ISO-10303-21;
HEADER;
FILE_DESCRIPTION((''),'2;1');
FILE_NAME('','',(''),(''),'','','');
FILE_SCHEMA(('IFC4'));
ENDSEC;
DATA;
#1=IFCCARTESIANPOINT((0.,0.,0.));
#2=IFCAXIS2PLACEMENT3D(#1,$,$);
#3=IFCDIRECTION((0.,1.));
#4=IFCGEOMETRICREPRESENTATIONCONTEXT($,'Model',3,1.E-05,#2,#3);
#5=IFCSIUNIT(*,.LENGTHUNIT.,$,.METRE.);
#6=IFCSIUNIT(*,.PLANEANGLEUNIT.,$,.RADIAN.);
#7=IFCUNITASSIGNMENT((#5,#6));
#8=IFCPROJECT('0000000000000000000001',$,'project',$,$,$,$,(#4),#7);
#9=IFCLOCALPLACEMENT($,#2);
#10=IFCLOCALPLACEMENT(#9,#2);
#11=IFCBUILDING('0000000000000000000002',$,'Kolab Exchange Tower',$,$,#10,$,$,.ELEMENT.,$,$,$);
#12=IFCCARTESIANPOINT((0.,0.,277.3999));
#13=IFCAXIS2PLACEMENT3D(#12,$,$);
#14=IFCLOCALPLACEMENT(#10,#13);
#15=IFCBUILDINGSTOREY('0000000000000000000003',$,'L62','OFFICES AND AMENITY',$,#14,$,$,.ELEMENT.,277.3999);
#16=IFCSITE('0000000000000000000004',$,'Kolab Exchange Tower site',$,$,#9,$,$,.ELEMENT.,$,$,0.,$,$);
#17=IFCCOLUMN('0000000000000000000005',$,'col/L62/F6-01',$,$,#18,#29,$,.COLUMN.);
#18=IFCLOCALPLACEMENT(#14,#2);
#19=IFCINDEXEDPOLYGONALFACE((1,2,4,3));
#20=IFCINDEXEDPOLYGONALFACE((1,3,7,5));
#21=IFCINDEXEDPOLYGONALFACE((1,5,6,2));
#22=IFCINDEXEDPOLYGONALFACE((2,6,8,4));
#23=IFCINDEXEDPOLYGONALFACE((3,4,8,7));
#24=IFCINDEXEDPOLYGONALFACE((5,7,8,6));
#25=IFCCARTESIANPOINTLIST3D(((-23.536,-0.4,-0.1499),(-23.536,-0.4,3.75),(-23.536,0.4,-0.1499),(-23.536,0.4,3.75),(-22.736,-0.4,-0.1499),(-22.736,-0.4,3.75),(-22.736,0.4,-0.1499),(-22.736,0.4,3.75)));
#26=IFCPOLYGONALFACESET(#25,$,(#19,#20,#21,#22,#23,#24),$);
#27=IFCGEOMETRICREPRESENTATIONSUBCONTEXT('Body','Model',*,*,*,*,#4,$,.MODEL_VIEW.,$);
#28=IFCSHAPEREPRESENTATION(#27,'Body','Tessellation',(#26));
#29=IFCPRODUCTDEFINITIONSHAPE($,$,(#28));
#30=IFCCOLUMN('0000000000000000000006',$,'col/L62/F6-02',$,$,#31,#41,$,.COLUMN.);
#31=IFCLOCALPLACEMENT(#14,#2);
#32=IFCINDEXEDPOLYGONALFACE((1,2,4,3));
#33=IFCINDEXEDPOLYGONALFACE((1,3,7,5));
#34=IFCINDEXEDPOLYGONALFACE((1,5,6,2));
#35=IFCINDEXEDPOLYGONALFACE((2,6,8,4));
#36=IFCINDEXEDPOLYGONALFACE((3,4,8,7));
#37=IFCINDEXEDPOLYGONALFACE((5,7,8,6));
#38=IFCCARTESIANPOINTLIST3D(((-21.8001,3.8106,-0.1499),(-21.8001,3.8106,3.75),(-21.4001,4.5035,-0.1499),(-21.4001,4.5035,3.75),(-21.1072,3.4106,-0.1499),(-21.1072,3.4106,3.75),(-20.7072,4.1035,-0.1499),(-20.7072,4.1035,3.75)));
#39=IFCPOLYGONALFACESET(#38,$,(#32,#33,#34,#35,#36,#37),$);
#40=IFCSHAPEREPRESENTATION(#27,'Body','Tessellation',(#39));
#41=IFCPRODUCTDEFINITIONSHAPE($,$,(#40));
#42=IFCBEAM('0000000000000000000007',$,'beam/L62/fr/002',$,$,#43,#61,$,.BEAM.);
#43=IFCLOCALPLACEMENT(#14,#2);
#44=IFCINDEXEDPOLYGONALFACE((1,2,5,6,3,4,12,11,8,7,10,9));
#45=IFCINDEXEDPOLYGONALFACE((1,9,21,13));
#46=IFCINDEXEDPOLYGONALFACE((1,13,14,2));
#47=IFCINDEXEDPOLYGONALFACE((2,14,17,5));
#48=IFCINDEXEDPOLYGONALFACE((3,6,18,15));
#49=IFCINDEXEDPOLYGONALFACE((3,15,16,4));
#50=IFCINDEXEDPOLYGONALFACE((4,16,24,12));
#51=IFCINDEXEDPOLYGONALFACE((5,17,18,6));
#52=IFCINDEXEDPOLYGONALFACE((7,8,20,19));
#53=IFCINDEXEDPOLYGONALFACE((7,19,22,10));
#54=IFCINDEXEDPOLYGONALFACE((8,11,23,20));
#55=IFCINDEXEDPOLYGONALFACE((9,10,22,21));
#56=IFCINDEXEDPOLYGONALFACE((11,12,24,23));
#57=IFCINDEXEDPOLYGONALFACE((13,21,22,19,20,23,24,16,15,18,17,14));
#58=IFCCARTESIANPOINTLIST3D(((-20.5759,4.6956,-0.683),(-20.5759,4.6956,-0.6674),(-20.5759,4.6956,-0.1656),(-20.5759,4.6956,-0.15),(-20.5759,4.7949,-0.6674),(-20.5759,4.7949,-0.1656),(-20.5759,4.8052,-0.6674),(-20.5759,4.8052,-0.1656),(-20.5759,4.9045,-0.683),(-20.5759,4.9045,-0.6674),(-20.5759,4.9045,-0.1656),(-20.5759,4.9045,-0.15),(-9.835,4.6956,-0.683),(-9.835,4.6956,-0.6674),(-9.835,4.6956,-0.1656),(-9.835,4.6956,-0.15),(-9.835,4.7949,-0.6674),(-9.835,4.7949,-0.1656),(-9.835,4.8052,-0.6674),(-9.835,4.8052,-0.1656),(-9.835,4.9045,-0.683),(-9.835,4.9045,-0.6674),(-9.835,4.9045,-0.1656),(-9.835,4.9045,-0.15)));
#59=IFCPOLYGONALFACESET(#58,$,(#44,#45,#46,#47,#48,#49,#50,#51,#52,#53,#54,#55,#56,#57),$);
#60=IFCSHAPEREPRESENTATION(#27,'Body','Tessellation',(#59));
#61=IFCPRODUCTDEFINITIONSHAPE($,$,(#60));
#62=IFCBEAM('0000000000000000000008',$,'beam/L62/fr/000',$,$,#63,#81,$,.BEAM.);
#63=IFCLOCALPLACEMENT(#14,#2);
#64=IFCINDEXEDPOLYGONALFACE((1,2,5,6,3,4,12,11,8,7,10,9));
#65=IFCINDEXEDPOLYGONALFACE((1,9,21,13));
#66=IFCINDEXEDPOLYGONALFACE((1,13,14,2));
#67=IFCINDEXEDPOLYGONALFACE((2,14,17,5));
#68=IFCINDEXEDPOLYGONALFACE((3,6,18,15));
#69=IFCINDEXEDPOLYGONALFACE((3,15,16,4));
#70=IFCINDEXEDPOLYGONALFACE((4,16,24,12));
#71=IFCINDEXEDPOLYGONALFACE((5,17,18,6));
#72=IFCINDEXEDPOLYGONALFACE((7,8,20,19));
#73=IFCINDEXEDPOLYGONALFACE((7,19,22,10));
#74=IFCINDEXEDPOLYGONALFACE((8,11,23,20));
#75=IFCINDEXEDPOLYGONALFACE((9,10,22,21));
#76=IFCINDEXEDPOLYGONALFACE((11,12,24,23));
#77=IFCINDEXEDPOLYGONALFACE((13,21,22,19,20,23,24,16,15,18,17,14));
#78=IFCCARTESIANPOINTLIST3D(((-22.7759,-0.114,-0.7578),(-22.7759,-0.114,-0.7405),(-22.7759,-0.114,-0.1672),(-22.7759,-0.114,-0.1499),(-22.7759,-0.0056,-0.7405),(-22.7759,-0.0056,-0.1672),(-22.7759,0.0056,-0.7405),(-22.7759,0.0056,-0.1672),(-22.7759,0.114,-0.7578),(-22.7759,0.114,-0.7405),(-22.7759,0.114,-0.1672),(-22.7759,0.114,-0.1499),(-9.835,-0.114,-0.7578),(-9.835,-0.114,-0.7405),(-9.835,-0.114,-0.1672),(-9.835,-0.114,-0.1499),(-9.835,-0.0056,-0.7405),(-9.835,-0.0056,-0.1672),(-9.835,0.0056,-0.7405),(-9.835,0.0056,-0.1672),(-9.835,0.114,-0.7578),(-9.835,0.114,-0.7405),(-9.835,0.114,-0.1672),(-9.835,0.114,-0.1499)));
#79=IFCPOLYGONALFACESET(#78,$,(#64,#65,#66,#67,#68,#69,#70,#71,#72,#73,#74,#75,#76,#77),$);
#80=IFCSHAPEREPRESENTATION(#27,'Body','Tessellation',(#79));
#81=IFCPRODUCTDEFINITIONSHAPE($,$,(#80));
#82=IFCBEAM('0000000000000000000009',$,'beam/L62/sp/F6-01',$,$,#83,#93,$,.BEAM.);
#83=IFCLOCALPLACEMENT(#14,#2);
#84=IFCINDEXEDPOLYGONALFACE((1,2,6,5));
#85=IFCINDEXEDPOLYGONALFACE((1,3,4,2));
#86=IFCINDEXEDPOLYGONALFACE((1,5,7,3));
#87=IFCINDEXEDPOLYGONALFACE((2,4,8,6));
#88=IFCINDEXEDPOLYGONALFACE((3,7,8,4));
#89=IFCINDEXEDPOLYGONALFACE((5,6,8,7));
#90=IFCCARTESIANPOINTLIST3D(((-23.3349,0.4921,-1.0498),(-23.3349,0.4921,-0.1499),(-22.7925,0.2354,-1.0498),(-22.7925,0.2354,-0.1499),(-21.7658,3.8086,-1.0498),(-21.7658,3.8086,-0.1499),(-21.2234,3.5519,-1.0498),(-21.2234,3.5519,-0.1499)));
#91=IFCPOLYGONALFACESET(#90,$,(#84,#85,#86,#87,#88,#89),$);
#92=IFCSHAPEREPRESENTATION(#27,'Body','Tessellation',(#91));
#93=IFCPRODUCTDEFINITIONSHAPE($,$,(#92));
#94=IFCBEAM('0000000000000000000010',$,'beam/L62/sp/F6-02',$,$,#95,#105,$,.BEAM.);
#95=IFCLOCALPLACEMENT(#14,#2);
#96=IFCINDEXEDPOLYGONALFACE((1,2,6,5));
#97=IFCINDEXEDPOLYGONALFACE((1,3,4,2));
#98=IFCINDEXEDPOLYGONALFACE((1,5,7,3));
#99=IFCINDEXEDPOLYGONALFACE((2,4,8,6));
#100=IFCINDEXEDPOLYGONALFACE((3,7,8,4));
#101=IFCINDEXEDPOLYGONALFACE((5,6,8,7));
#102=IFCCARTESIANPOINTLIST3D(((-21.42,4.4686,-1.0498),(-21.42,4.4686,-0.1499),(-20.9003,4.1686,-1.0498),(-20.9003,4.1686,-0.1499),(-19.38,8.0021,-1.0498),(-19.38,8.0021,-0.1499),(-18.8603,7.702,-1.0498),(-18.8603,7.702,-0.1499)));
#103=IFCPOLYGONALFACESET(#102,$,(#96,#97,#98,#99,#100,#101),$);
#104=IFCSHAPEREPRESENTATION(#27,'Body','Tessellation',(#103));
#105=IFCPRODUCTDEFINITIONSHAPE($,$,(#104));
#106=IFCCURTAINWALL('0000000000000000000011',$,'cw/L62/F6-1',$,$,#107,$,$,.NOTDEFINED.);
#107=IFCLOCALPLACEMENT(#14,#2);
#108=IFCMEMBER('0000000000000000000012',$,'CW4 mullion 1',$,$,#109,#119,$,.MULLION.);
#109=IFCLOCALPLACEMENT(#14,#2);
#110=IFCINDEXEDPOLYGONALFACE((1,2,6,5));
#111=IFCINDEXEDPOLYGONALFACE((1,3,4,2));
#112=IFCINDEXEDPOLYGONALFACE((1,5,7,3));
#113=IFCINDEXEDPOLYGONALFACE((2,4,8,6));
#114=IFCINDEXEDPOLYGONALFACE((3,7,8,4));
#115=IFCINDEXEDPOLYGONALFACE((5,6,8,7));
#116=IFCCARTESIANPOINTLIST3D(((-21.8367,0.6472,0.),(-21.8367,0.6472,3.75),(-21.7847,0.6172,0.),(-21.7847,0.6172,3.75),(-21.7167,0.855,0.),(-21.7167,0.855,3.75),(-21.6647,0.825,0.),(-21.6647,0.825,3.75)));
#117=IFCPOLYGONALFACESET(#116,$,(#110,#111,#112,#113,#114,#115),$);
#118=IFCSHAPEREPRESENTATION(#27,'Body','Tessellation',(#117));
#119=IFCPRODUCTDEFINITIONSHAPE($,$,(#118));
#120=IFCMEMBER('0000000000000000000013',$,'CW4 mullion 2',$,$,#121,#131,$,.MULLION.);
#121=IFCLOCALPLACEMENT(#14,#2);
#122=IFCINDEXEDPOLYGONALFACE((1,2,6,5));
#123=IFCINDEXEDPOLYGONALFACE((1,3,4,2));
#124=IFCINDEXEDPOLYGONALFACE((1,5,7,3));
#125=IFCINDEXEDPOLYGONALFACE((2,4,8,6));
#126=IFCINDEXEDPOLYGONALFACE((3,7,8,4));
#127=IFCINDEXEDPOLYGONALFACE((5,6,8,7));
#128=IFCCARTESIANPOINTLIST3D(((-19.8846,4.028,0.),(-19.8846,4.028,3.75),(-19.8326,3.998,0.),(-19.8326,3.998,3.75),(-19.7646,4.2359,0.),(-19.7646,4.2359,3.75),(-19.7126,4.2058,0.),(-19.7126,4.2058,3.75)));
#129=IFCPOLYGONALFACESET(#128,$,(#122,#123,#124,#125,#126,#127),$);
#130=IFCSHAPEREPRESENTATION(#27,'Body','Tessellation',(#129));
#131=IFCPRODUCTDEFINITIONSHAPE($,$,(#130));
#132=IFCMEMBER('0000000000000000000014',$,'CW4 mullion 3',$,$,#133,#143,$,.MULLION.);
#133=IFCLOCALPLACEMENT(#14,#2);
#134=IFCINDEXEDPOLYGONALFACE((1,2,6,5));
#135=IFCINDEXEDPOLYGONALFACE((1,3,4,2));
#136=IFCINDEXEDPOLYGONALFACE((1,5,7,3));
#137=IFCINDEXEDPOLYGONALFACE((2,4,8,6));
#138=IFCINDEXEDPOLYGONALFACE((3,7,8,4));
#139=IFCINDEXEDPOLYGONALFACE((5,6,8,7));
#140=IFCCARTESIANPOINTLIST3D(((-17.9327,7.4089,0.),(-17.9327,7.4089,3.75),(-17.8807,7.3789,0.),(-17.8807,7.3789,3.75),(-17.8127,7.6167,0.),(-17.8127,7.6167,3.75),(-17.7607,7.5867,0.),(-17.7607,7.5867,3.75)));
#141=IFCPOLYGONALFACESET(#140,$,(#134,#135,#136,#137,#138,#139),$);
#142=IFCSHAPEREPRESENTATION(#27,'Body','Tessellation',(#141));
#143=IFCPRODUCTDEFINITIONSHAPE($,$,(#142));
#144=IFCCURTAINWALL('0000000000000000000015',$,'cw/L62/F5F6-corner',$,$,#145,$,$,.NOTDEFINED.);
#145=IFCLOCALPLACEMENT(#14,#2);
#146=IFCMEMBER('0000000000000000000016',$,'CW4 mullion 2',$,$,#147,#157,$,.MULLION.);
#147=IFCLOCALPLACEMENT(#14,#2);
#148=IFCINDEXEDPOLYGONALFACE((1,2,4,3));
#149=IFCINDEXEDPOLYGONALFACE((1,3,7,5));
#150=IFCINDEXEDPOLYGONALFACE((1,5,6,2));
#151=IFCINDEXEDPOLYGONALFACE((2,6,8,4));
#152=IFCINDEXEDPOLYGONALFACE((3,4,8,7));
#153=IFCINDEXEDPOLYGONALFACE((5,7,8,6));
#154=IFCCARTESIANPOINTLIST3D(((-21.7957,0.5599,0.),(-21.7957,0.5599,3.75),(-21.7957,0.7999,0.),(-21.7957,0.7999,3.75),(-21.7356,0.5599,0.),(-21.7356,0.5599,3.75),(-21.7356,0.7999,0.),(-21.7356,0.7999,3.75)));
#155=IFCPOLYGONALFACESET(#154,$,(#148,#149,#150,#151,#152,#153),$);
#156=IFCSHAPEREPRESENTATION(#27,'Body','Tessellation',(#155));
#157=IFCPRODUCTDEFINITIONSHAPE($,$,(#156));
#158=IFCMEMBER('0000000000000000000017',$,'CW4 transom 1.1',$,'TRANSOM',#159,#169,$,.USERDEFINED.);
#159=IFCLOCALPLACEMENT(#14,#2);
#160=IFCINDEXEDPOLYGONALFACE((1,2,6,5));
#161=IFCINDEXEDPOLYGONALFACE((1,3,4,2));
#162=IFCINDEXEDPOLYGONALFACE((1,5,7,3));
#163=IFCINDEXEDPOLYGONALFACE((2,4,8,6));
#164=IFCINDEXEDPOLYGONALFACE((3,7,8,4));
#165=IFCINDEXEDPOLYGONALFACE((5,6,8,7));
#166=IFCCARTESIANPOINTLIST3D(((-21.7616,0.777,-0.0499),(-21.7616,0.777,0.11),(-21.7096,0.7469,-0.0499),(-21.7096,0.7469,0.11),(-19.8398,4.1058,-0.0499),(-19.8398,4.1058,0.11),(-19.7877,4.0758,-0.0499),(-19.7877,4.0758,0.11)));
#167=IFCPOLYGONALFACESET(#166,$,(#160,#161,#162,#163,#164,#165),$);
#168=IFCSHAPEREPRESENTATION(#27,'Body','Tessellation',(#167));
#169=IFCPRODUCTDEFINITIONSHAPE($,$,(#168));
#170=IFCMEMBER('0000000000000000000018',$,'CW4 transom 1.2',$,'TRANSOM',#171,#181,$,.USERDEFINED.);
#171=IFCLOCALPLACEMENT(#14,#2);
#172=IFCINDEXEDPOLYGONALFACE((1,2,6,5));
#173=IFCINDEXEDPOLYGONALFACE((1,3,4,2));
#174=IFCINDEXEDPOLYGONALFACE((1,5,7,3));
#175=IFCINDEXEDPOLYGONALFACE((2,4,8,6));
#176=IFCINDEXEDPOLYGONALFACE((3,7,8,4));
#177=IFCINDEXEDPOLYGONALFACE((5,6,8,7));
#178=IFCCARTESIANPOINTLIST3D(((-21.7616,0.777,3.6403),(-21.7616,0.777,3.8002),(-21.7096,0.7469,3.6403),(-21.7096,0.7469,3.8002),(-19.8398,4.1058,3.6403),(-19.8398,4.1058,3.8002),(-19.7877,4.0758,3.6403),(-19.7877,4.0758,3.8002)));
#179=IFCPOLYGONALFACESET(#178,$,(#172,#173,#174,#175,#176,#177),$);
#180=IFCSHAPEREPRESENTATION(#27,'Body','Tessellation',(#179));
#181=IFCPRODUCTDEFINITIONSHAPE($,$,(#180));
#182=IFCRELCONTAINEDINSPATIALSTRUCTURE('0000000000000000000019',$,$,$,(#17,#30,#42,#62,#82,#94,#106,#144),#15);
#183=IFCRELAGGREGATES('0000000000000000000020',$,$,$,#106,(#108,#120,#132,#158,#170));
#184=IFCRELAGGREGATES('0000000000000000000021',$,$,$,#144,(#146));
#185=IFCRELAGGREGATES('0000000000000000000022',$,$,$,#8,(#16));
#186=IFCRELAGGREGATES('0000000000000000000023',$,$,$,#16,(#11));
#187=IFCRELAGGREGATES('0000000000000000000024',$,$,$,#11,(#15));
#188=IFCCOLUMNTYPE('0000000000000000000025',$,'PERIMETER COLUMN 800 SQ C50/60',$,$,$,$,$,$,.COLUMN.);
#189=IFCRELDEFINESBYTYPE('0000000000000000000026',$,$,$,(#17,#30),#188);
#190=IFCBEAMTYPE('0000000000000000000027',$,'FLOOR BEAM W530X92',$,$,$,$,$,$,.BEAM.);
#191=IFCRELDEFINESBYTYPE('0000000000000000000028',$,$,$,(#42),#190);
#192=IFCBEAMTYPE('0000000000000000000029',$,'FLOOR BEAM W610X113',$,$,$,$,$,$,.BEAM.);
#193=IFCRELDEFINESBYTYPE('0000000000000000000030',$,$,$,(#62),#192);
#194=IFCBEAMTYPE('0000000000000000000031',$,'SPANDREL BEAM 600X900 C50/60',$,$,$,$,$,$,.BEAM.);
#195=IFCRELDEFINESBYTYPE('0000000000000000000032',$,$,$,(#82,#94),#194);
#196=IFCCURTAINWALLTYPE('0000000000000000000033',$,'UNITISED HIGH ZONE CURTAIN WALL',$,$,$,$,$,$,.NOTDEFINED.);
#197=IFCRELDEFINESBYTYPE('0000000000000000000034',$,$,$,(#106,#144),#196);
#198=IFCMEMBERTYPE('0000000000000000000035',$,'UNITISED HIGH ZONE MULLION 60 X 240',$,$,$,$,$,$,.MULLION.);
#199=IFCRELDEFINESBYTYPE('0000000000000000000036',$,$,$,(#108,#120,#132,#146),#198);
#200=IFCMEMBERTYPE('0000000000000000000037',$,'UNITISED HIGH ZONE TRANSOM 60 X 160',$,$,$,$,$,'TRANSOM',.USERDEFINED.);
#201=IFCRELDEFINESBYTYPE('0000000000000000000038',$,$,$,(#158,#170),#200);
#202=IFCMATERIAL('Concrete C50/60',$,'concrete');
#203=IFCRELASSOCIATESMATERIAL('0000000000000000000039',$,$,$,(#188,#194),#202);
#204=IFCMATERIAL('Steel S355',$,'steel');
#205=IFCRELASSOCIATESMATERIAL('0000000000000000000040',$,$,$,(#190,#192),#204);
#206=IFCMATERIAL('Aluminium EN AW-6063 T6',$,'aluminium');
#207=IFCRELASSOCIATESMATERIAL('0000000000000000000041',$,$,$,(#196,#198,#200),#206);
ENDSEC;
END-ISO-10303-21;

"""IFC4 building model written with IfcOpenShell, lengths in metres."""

from ifc_helpers import new_model, si_unit, direction, frame, origin, origin_2d, place, context, subcontext, project, spatial, rectangle, i_section, extrude, material, material_profile, profile_set, type_object, element, aggregate, save


model = new_model("IFC4")

# Units and contexts
model_context = context("Model", 3, precision=1e-05, world=origin(), true_north=direction((0.0, 1.0)))
body_context = subcontext(model_context, "Body", "Model", "MODEL_VIEW")
ifc_project = project(units=[si_unit("LENGTHUNIT", "METRE"), si_unit("PLANEANGLEUNIT", "RADIAN")], contexts=[model_context])

# Site, building, storey
site_placement = place(None, origin())
site = spatial("IfcSite", under=ifc_project, at=site_placement, Name="Kolab Exchange Tower site", CompositionType="ELEMENT", RefElevation=0.0)
building_placement = place(site_placement, origin())
building = spatial("IfcBuilding", under=site, at=building_placement, Name="Kolab Exchange Tower", CompositionType="ELEMENT")
storey_placement = place(building_placement, frame((0.0, 0.0, 277.3999)))
storey = spatial("IfcBuildingStorey", under=building, at=storey_placement, Name="L62", Description="OFFICES AND AMENITY", CompositionType="ELEMENT", Elevation=277.3999)

# Columns
ifc_material_1 = material(Name="Concrete C50/60", Category="concrete")
ifc_material_profile_1 = material_profile(ifc_material_1, rectangle(XDim=0.8, YDim=0.8, at=origin_2d()), Name="RC800")
ifc_profile_set_1 = profile_set([ifc_material_profile_1], Name="Concrete C50/60")
column_type = type_object("IfcColumnType", Name="PERIMETER COLUMN 800 SQ C50/60", PredefinedType="COLUMN", material=ifc_profile_set_1)
for number, where, z_axis, x_axis, name in (
    (1, (-23.136, 0.0, -0.1499), (0.0, 0.0, 1.0), (1.0, 0.0, 0.0), "col/L62/F6-01"),
    (2, (-21.2537, 3.957, -0.1499), (0.0, 0.0, 1.0), (0.5, 0.866025, 0.0), "col/L62/F6-02"),
):
    element("IfcColumn", number, at=place(storey_placement, frame(where, z_axis=z_axis, x_axis=x_axis)), inside=storey, type_object=column_type, Name=name, PredefinedType="COLUMN", context=body_context, shape_type="SweptSolid", body=[
        extrude(rectangle(XDim=0.8, YDim=0.8, at=origin_2d()), origin(), (0.0, 0.0, 1.0), 3.8999),
    ])

# Beams
ifc_material_2 = material(Name="Steel S355", Category="steel")
ifc_material_profile_2 = material_profile(ifc_material_2, i_section(OverallWidth=0.209, OverallDepth=0.533, WebThickness=0.0103, FlangeThickness=0.0156, at=origin_2d()), Name="W530X92")
ifc_profile_set_2 = profile_set([ifc_material_profile_2], Name="Steel S355")
beam_type_1 = type_object("IfcBeamType", Name="FLOOR BEAM W530X92", PredefinedType="BEAM", material=ifc_profile_set_2)
beam_1_placement = place(storey_placement, frame((-20.5759, 4.8, -0.4165), z_axis=(1.0, 0.0, 0.0), x_axis=(0.0, 1.0, 0.0)))
element("IfcBeam", 3, at=beam_1_placement, inside=storey, type_object=beam_type_1, Name="beam/L62/fr/002", PredefinedType="BEAM", context=body_context, shape_type="SweptSolid", body=[
    extrude(i_section(OverallWidth=0.209, OverallDepth=0.533, WebThickness=0.0103, FlangeThickness=0.0156, at=origin_2d()), origin(), (0.0, 0.0, 1.0), 10.741),
])
ifc_material_profile_3 = material_profile(ifc_material_2, i_section(OverallWidth=0.228, OverallDepth=0.6079, WebThickness=0.0112, FlangeThickness=0.0173, at=origin_2d()), Name="W610X113")
ifc_profile_set_3 = profile_set([ifc_material_profile_3], Name="Steel S355")
beam_type_2 = type_object("IfcBeamType", Name="FLOOR BEAM W610X113", PredefinedType="BEAM", material=ifc_profile_set_3)
beam_2_placement = place(storey_placement, frame((-22.7759, 0.0, -0.4539), z_axis=(1.0, 0.0, 0.0), x_axis=(0.0, 1.0, 0.0)))
element("IfcBeam", 4, at=beam_2_placement, inside=storey, type_object=beam_type_2, Name="beam/L62/fr/000", PredefinedType="BEAM", context=body_context, shape_type="SweptSolid", body=[
    extrude(i_section(OverallWidth=0.228, OverallDepth=0.6079, WebThickness=0.0112, FlangeThickness=0.0173, at=origin_2d()), origin(), (0.0, 0.0, 1.0), 12.9409),
])
ifc_material_profile_4 = material_profile(ifc_material_1, rectangle(XDim=0.6001, YDim=0.8999, at=origin_2d()), Name="RC600X900")
ifc_profile_set_4 = profile_set([ifc_material_profile_4], Name="Concrete C50/60")
beam_type_3 = type_object("IfcBeamType", Name="SPANDREL BEAM 600X900 C50/60", PredefinedType="BEAM", material=ifc_profile_set_4)
beam_3_placement = place(storey_placement, frame((-23.0637, 0.3638, -0.5999), z_axis=(0.427677, 0.903932, 0.0), x_axis=(-0.903932, 0.427677, 0.0)))
element("IfcBeam", 5, at=beam_3_placement, inside=storey, type_object=beam_type_3, Name="beam/L62/sp/F6-01", PredefinedType="BEAM", context=body_context, shape_type="SweptSolid", body=[
    extrude(rectangle(XDim=0.6001, YDim=0.8999, at=origin_2d()), origin(), (0.0, 0.0, 1.0), 3.6689),
])
beam_4_placement = place(storey_placement, frame((-21.1602, 4.3186, -0.5999), z_axis=(0.5, 0.866025, 0.0), x_axis=(-0.866025, 0.5, 0.0)))
element("IfcBeam", 6, at=beam_4_placement, inside=storey, type_object=beam_type_3, Name="beam/L62/sp/F6-02", PredefinedType="BEAM", context=body_context, shape_type="SweptSolid", body=[
    extrude(rectangle(XDim=0.6001, YDim=0.8999, at=origin_2d()), origin(), (0.0, 0.0, 1.0), 4.0801),
])

# Curtain wall, members
ifc_material_3 = material(Name="Aluminium EN AW-6063 T6", Category="aluminium")
curtain_wall_type = type_object("IfcCurtainWallType", Name="UNITISED HIGH ZONE CURTAIN WALL", PredefinedType="NOTDEFINED", material=ifc_material_3)
curtain_wall_1_placement = place(storey_placement, origin())
curtain_wall_1 = element("IfcCurtainWall", 7, at=curtain_wall_1_placement, inside=storey, type_object=curtain_wall_type, Name="cw/L62/F6-1", PredefinedType="NOTDEFINED")
ifc_material_profile_5 = material_profile(ifc_material_3, rectangle(XDim=0.0601, YDim=0.24, at=origin_2d()), Name="RECT 60X240")
ifc_profile_set_5 = profile_set([ifc_material_profile_5], Name="Aluminium EN AW-6063 T6")
member_type_1 = type_object("IfcMemberType", Name="UNITISED HIGH ZONE MULLION 60 X 240", PredefinedType="MULLION", material=ifc_profile_set_5)
member_1_placement = place(storey_placement, frame((-21.7507, 0.7361, 0.0), z_axis=(0.0, 0.0, 1.0), x_axis=(-0.866025, 0.5, 0.0)))
member_1 = element("IfcMember", 8, at=member_1_placement, type_object=member_type_1, Name="CW4 mullion 1", PredefinedType="MULLION", context=body_context, shape_type="SweptSolid", body=[
    extrude(rectangle(XDim=0.0601, YDim=0.24, at=origin_2d()), origin(), (0.0, 0.0, 1.0), 3.75),
])
member_2_placement = place(storey_placement, frame((-19.7986, 4.1169, 0.0), z_axis=(0.0, 0.0, 1.0), x_axis=(-0.866025, 0.5, 0.0)))
member_2 = element("IfcMember", 9, at=member_2_placement, type_object=member_type_1, Name="CW4 mullion 2", PredefinedType="MULLION", context=body_context, shape_type="SweptSolid", body=[
    extrude(rectangle(XDim=0.0601, YDim=0.24, at=origin_2d()), origin(), (0.0, 0.0, 1.0), 3.75),
])
member_3_placement = place(storey_placement, frame((-17.8467, 7.4978, 0.0), z_axis=(0.0, 0.0, 1.0), x_axis=(-0.866025, 0.5, 0.0)))
member_3 = element("IfcMember", 10, at=member_3_placement, type_object=member_type_1, Name="CW4 mullion 3", PredefinedType="MULLION", context=body_context, shape_type="SweptSolid", body=[
    extrude(rectangle(XDim=0.0601, YDim=0.24, at=origin_2d()), origin(), (0.0, 0.0, 1.0), 3.75),
])

# Curtain wall, member
curtain_wall_2_placement = place(storey_placement, origin())
curtain_wall_2 = element("IfcCurtainWall", 11, at=curtain_wall_2_placement, inside=storey, type_object=curtain_wall_type, Name="cw/L62/F5F6-corner", PredefinedType="NOTDEFINED")
member_4_placement = place(storey_placement, frame((-21.7656, 0.6799, 0.0), z_axis=(0.0, 0.0, 1.0), x_axis=(-1.0, 0.0, 0.0)))
member_4 = element("IfcMember", 12, at=member_4_placement, type_object=member_type_1, Name="CW4 mullion 2", PredefinedType="MULLION", context=body_context, shape_type="SweptSolid", body=[
    extrude(rectangle(XDim=0.0601, YDim=0.24, at=origin_2d()), origin(), (0.0, 0.0, 1.0), 3.75),
])

# Members
ifc_material_profile_6 = material_profile(ifc_material_3, rectangle(XDim=0.0601, YDim=0.1599, at=origin_2d()), Name="RECT 60X160")
ifc_profile_set_6 = profile_set([ifc_material_profile_6], Name="Aluminium EN AW-6063 T6")
member_type_2 = type_object("IfcMemberType", Name="UNITISED HIGH ZONE TRANSOM 60 X 160", ElementType="TRANSOM", PredefinedType="USERDEFINED", material=ifc_profile_set_6)
member_5_placement = place(storey_placement, frame((-21.7356, 0.762, 0.03), z_axis=(0.499992, 0.86603, 0.0), x_axis=(-0.86603, 0.499992, 0.0)))
member_5 = element("IfcMember", 13, at=member_5_placement, type_object=member_type_2, Name="CW4 transom 1.1", ObjectType="TRANSOM", PredefinedType="USERDEFINED", context=body_context, shape_type="SweptSolid", body=[
    extrude(rectangle(XDim=0.0601, YDim=0.1599, at=origin_2d()), origin(), (0.0, 0.0, 1.0), 3.8438),
])
member_6_placement = place(storey_placement, frame((-21.7356, 0.762, 3.7202), z_axis=(0.499992, 0.86603, 0.0), x_axis=(-0.86603, 0.499992, 0.0)))
member_6 = element("IfcMember", 14, at=member_6_placement, type_object=member_type_2, Name="CW4 transom 1.2", ObjectType="TRANSOM", PredefinedType="USERDEFINED", context=body_context, shape_type="SweptSolid", body=[
    extrude(rectangle(XDim=0.0601, YDim=0.1599, at=origin_2d()), origin(), (0.0, 0.0, 1.0), 3.8438),
])

aggregate(curtain_wall_1, [member_1, member_2, member_3, member_5, member_6])
aggregate(curtain_wall_2, [member_4])

save(model, "model.ifc")
